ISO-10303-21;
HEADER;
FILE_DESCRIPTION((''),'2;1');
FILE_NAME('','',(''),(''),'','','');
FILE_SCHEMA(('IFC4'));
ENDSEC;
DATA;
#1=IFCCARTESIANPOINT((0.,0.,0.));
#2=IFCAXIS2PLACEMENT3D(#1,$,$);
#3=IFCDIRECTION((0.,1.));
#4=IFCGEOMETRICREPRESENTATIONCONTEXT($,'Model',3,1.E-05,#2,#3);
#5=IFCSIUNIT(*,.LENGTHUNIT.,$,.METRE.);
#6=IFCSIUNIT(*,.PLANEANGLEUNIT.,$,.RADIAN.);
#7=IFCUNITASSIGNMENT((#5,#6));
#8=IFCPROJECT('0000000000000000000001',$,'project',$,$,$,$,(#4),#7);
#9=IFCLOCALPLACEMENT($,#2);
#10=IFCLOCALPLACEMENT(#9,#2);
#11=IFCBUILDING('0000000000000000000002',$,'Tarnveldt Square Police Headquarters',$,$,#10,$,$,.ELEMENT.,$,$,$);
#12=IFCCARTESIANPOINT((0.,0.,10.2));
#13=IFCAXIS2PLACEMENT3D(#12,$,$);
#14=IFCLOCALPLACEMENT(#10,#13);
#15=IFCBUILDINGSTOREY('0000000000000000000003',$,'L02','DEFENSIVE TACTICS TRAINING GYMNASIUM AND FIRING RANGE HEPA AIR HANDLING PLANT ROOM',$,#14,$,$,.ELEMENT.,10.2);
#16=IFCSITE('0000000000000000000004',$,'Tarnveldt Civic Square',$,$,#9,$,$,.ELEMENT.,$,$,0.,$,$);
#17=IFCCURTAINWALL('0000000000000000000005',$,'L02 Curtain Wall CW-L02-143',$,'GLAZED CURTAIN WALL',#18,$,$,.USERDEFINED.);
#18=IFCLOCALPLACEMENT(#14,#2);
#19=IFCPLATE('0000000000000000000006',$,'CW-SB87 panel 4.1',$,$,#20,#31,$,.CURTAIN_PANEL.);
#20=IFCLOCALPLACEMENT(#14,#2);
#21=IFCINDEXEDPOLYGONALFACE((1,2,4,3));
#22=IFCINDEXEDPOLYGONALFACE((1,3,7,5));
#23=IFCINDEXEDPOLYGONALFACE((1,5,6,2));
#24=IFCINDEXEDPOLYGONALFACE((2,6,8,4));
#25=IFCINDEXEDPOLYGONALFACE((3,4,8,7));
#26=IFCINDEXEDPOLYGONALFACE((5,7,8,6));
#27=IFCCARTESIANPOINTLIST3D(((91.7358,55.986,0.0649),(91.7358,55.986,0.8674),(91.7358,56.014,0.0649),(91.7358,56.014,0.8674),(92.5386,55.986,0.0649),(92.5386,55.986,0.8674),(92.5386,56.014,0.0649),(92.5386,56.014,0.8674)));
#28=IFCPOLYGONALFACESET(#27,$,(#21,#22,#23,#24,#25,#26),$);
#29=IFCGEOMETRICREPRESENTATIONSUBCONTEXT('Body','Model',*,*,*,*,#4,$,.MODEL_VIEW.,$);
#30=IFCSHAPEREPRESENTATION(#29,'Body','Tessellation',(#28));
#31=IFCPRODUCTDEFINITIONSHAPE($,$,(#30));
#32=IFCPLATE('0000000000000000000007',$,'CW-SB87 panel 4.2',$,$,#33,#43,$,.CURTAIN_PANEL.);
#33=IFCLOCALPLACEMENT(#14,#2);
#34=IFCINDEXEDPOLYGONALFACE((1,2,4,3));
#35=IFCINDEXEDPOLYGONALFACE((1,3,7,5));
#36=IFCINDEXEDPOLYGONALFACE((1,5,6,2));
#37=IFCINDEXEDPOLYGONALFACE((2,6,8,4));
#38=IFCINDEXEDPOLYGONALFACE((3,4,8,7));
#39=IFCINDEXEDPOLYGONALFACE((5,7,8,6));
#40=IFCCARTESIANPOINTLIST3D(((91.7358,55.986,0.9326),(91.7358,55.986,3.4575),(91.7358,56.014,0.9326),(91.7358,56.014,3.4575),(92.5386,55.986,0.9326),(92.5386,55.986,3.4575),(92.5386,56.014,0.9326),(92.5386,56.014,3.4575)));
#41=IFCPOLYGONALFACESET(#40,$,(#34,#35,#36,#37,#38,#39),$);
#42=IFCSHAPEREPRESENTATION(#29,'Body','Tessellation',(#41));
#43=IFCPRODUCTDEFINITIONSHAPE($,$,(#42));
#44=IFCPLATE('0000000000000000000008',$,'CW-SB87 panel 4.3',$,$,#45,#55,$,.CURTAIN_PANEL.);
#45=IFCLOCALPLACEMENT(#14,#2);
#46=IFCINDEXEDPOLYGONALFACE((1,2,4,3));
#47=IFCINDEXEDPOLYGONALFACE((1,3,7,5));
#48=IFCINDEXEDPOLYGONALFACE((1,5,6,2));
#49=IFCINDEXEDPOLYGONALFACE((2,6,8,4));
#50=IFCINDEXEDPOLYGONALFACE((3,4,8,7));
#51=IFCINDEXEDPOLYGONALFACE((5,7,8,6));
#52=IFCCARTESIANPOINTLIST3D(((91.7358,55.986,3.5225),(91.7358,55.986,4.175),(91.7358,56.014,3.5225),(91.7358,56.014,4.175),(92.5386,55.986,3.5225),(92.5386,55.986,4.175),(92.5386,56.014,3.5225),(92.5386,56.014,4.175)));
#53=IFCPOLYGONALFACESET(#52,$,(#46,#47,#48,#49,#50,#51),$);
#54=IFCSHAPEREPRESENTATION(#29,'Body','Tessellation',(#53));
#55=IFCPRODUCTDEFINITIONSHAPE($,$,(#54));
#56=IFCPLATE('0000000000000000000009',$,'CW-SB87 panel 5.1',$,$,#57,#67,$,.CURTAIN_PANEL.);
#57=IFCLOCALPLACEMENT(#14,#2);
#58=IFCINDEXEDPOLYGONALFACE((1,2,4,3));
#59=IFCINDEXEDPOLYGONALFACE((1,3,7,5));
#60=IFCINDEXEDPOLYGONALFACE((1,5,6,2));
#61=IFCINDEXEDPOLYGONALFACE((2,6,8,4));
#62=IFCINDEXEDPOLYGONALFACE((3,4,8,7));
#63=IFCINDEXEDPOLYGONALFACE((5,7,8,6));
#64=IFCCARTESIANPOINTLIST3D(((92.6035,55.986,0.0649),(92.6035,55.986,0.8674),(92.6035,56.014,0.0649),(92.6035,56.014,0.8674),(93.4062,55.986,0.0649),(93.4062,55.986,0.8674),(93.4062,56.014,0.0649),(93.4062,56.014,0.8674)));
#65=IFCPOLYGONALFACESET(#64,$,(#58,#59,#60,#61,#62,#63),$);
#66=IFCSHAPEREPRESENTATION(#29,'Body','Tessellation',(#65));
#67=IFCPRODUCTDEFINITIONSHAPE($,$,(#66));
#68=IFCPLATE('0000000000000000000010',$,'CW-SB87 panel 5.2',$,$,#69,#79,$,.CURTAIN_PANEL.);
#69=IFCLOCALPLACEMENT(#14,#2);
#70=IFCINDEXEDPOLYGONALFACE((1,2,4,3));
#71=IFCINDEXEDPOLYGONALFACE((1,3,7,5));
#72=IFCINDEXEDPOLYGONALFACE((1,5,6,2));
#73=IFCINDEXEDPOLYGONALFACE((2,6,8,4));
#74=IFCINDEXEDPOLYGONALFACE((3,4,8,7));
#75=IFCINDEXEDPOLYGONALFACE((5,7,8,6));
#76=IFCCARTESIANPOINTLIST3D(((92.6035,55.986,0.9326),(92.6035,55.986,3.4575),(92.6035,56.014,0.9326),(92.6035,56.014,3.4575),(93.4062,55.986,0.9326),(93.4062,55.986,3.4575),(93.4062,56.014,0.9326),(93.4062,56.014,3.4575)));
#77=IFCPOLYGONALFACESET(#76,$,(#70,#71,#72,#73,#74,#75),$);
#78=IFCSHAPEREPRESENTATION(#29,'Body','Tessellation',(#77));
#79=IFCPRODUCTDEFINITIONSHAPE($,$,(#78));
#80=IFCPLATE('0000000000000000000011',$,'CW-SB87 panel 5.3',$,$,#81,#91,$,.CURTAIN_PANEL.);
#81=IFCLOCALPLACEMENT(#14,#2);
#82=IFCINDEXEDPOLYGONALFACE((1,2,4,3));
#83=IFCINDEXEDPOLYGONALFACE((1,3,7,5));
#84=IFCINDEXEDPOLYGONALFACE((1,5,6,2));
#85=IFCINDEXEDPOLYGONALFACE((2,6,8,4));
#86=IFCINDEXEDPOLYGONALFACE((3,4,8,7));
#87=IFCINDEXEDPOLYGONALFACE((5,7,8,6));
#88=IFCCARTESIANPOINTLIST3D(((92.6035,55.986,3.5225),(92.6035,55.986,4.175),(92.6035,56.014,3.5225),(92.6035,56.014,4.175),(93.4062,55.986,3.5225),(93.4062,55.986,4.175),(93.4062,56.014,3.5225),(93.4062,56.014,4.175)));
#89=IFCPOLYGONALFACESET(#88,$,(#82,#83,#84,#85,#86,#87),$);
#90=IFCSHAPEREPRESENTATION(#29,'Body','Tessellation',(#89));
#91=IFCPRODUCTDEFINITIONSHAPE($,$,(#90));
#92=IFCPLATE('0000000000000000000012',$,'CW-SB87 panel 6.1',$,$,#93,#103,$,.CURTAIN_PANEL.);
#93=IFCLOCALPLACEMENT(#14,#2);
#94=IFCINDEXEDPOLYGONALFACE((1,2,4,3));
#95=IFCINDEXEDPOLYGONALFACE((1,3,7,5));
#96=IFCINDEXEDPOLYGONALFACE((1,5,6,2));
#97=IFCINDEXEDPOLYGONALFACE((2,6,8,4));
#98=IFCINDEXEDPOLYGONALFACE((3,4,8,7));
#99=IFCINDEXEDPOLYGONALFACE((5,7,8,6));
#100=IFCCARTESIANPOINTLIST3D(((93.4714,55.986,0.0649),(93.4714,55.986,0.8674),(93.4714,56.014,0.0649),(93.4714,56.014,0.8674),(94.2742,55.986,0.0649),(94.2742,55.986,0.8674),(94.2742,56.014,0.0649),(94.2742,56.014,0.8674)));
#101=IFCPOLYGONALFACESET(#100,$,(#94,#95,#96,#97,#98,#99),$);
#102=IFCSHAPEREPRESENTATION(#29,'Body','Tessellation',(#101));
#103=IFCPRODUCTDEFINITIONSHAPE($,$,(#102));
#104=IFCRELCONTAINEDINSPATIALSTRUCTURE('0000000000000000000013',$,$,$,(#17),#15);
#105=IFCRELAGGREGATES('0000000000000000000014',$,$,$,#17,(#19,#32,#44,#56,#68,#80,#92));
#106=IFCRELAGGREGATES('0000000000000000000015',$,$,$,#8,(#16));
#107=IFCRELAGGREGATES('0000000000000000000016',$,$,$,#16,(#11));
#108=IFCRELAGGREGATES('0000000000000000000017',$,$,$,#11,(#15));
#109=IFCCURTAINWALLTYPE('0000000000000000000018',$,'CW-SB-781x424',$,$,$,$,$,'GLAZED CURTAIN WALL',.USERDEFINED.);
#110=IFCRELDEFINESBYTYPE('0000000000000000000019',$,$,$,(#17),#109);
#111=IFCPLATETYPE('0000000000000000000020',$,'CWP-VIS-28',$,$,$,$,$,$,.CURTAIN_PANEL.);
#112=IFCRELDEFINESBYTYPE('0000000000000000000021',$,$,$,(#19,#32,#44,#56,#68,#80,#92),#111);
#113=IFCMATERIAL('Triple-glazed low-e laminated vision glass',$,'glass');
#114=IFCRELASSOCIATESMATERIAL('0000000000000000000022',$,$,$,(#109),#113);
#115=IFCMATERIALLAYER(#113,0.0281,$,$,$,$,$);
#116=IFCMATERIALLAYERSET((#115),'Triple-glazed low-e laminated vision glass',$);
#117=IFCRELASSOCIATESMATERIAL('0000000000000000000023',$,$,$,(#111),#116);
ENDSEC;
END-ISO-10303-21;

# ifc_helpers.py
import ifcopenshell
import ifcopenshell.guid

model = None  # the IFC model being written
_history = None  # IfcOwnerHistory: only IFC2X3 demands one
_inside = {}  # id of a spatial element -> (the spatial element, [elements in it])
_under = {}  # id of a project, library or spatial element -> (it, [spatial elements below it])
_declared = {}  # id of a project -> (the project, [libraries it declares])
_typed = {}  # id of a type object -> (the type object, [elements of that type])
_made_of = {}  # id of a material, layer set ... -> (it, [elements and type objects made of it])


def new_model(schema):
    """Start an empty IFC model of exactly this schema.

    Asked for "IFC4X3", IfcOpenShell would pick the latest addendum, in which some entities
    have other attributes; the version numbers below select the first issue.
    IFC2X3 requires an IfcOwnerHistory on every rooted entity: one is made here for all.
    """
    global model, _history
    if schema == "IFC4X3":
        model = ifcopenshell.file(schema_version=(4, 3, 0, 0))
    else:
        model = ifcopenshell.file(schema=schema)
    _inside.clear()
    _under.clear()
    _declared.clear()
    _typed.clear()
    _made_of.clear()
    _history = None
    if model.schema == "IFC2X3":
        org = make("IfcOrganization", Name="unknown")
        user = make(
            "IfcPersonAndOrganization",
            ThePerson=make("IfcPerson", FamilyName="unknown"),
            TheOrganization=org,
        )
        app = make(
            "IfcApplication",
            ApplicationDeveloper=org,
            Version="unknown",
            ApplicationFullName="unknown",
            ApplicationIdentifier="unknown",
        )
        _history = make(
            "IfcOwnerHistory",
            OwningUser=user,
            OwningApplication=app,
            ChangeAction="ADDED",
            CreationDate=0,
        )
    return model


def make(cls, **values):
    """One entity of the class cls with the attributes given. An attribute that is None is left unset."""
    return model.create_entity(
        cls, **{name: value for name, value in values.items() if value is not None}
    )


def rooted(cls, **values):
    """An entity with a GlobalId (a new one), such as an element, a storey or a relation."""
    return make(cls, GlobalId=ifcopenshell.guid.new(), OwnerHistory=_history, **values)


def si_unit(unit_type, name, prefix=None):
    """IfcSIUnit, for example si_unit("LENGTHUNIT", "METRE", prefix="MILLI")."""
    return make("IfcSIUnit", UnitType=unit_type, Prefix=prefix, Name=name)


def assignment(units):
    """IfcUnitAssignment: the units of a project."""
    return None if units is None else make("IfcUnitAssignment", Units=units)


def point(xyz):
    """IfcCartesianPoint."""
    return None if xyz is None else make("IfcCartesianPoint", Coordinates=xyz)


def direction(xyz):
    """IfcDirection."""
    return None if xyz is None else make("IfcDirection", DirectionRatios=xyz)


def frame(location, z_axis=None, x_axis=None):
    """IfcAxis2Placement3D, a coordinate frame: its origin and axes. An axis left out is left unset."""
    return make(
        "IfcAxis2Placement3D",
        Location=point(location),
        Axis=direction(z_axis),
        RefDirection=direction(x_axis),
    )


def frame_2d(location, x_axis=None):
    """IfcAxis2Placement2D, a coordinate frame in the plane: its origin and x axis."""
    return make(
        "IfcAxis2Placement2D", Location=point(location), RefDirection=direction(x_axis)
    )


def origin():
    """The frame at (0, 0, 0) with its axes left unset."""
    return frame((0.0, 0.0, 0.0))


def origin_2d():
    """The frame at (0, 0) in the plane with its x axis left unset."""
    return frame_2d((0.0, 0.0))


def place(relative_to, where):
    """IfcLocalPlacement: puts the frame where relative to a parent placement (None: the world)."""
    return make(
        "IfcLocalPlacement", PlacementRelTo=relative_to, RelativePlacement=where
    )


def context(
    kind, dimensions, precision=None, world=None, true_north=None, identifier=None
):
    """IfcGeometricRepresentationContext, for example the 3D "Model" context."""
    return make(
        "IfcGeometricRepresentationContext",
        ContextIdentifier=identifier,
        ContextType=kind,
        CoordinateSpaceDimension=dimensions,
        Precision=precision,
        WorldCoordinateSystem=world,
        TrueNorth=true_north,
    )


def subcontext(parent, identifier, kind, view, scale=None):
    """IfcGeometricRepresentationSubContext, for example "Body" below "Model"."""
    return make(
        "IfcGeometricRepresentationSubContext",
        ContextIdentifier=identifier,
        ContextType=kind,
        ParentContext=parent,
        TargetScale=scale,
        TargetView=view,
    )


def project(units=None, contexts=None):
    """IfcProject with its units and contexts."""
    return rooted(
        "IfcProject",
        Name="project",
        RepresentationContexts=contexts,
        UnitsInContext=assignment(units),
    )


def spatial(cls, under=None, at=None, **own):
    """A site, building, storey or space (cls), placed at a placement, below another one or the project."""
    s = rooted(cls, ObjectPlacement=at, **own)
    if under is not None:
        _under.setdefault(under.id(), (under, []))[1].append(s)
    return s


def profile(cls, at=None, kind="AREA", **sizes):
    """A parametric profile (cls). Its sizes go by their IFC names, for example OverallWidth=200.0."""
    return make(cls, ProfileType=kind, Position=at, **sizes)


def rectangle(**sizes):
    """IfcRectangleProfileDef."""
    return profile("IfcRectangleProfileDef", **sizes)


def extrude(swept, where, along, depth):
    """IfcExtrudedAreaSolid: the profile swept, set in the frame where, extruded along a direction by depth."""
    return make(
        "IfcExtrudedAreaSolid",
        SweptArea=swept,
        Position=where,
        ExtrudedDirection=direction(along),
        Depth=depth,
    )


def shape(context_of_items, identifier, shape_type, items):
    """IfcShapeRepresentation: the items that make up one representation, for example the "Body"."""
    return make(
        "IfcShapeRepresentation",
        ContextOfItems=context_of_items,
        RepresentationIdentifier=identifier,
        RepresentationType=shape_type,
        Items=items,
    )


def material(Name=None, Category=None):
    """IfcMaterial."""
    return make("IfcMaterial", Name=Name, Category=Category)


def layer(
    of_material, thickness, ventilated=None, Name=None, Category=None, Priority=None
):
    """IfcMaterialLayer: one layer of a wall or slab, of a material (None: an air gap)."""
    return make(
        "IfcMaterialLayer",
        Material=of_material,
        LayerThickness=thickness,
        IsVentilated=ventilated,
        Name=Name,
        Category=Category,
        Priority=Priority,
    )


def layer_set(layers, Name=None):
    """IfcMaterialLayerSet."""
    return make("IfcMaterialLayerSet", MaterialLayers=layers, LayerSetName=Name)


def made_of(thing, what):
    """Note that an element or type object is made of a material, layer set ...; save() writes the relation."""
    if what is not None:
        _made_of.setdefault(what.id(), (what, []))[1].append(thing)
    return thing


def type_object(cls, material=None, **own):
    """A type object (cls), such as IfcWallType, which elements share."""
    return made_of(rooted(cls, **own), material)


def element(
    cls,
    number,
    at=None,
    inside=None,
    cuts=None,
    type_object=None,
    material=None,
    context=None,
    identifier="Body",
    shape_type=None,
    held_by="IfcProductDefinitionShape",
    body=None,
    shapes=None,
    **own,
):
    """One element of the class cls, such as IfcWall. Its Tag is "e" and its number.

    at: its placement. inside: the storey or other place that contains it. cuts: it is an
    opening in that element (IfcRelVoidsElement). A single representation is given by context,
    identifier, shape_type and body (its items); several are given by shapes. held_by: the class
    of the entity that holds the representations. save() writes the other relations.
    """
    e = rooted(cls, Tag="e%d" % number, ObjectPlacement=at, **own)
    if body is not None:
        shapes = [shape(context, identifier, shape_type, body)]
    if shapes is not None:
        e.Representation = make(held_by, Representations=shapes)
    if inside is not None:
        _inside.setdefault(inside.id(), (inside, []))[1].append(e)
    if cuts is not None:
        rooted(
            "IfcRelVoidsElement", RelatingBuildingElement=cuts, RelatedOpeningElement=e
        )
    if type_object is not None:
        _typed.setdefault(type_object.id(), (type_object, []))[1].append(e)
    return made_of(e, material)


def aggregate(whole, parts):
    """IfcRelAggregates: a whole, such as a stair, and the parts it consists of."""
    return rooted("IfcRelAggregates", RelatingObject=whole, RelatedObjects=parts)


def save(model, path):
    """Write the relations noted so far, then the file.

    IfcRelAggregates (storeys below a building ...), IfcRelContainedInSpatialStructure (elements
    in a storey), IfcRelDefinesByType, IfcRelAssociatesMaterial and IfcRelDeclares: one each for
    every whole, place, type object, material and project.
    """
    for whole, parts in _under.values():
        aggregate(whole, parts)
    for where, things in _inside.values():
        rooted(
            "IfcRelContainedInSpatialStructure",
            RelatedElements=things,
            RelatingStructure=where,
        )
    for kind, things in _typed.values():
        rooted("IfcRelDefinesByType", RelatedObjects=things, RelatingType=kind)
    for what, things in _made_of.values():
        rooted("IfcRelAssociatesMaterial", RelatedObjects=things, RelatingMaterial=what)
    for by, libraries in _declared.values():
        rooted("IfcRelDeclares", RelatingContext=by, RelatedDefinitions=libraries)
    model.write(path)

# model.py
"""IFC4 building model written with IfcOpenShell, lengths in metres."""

from ifc_helpers import new_model, si_unit, direction, frame, origin, origin_2d, place, context, subcontext, project, spatial, rectangle, extrude, material, layer, layer_set, type_object, element, aggregate, save


model = new_model("IFC4")

# Units and contexts
model_context = context("Model", 3, precision=1e-05, world=origin(), true_north=direction((0.0, 1.0)))
body_context = subcontext(model_context, "Body", "Model", "MODEL_VIEW")
ifc_project = project(units=[si_unit("LENGTHUNIT", "METRE"), si_unit("PLANEANGLEUNIT", "RADIAN")], contexts=[model_context])

# Site, building, storey
site_placement = place(None, origin())
site = spatial("IfcSite", under=ifc_project, at=site_placement, Name="Tarnveldt Civic Square", CompositionType="ELEMENT", RefElevation=0.0)
building_placement = place(site_placement, origin())
building = spatial("IfcBuilding", under=site, at=building_placement, Name="Tarnveldt Square Police Headquarters", CompositionType="ELEMENT")
storey_placement = place(building_placement, frame((0.0, 0.0, 10.2)))
storey = spatial("IfcBuildingStorey", under=building, at=storey_placement, Name="L02", Description="DEFENSIVE TACTICS TRAINING GYMNASIUM AND FIRING RANGE HEPA AIR HANDLING PLANT ROOM", CompositionType="ELEMENT", Elevation=10.2)

# Curtain wall, plates
ifc_material_1 = material(Name="Triple-glazed low-e laminated vision glass", Category="glass")
curtain_wall_type = type_object("IfcCurtainWallType", Name="CW-SB-781x424", ElementType="GLAZED CURTAIN WALL", PredefinedType="USERDEFINED", material=ifc_material_1)
curtain_wall_placement = place(storey_placement, origin())
curtain_wall = element("IfcCurtainWall", 1, at=curtain_wall_placement, inside=storey, type_object=curtain_wall_type, Name="L02 Curtain Wall CW-L02-143", ObjectType="GLAZED CURTAIN WALL", PredefinedType="USERDEFINED")
ifc_layer = layer(ifc_material_1, 0.0281)
ifc_layer_set = layer_set([ifc_layer], Name="Triple-glazed low-e laminated vision glass")
plate_type = type_object("IfcPlateType", Name="CWP-VIS-28", PredefinedType="CURTAIN_PANEL", material=ifc_layer_set)
plate_1_placement = place(storey_placement, frame((92.1372, 56.0, 0.0649), z_axis=(0.0, 0.0, 1.0), x_axis=(1.0, 0.0, 0.0)))
plate_1 = element("IfcPlate", 2, at=plate_1_placement, type_object=plate_type, Name="CW-SB87 panel 4.1", PredefinedType="CURTAIN_PANEL", context=body_context, shape_type="SweptSolid", body=[
    extrude(rectangle(XDim=0.8027, YDim=0.0281, at=origin_2d()), origin(), (0.0, 0.0, 1.0), 0.8025),
])
plate_2_placement = place(storey_placement, frame((92.1372, 56.0, 0.9326), z_axis=(0.0, 0.0, 1.0), x_axis=(1.0, 0.0, 0.0)))
plate_2 = element("IfcPlate", 3, at=plate_2_placement, type_object=plate_type, Name="CW-SB87 panel 4.2", PredefinedType="CURTAIN_PANEL", context=body_context, shape_type="SweptSolid", body=[
    extrude(rectangle(XDim=0.8027, YDim=0.0281, at=origin_2d()), origin(), (0.0, 0.0, 1.0), 2.5249),
])
plate_3_placement = place(storey_placement, frame((92.1372, 56.0, 3.5225), z_axis=(0.0, 0.0, 1.0), x_axis=(1.0, 0.0, 0.0)))
plate_3 = element("IfcPlate", 4, at=plate_3_placement, type_object=plate_type, Name="CW-SB87 panel 4.3", PredefinedType="CURTAIN_PANEL", context=body_context, shape_type="SweptSolid", body=[
    extrude(rectangle(XDim=0.8027, YDim=0.0281, at=origin_2d()), origin(), (0.0, 0.0, 1.0), 0.6526),
])
plate_4_placement = place(storey_placement, frame((93.0049, 56.0, 0.0649), z_axis=(0.0, 0.0, 1.0), x_axis=(1.0, 0.0, 0.0)))
plate_4 = element("IfcPlate", 5, at=plate_4_placement, type_object=plate_type, Name="CW-SB87 panel 5.1", PredefinedType="CURTAIN_PANEL", context=body_context, shape_type="SweptSolid", body=[
    extrude(rectangle(XDim=0.8027, YDim=0.0281, at=origin_2d()), origin(), (0.0, 0.0, 1.0), 0.8025),
])
plate_5_placement = place(storey_placement, frame((93.0049, 56.0, 0.9326), z_axis=(0.0, 0.0, 1.0), x_axis=(1.0, 0.0, 0.0)))
plate_5 = element("IfcPlate", 6, at=plate_5_placement, type_object=plate_type, Name="CW-SB87 panel 5.2", PredefinedType="CURTAIN_PANEL", context=body_context, shape_type="SweptSolid", body=[
    extrude(rectangle(XDim=0.8027, YDim=0.0281, at=origin_2d()), origin(), (0.0, 0.0, 1.0), 2.5249),
])
plate_6_placement = place(storey_placement, frame((93.0049, 56.0, 3.5225), z_axis=(0.0, 0.0, 1.0), x_axis=(1.0, 0.0, 0.0)))
plate_6 = element("IfcPlate", 7, at=plate_6_placement, type_object=plate_type, Name="CW-SB87 panel 5.3", PredefinedType="CURTAIN_PANEL", context=body_context, shape_type="SweptSolid", body=[
    extrude(rectangle(XDim=0.8027, YDim=0.0281, at=origin_2d()), origin(), (0.0, 0.0, 1.0), 0.6526),
])
plate_7_placement = place(storey_placement, frame((93.8728, 56.0, 0.0649), z_axis=(0.0, 0.0, 1.0), x_axis=(1.0, 0.0, 0.0)))
plate_7 = element("IfcPlate", 8, at=plate_7_placement, type_object=plate_type, Name="CW-SB87 panel 6.1", PredefinedType="CURTAIN_PANEL", context=body_context, shape_type="SweptSolid", body=[
    extrude(rectangle(XDim=0.8027, YDim=0.0281, at=origin_2d()), origin(), (0.0, 0.0, 1.0), 0.8025),
])
aggregate(curtain_wall, [plate_1, plate_2, plate_3, plate_4, plate_5, plate_6, plate_7])

save(model, "model.ifc")
